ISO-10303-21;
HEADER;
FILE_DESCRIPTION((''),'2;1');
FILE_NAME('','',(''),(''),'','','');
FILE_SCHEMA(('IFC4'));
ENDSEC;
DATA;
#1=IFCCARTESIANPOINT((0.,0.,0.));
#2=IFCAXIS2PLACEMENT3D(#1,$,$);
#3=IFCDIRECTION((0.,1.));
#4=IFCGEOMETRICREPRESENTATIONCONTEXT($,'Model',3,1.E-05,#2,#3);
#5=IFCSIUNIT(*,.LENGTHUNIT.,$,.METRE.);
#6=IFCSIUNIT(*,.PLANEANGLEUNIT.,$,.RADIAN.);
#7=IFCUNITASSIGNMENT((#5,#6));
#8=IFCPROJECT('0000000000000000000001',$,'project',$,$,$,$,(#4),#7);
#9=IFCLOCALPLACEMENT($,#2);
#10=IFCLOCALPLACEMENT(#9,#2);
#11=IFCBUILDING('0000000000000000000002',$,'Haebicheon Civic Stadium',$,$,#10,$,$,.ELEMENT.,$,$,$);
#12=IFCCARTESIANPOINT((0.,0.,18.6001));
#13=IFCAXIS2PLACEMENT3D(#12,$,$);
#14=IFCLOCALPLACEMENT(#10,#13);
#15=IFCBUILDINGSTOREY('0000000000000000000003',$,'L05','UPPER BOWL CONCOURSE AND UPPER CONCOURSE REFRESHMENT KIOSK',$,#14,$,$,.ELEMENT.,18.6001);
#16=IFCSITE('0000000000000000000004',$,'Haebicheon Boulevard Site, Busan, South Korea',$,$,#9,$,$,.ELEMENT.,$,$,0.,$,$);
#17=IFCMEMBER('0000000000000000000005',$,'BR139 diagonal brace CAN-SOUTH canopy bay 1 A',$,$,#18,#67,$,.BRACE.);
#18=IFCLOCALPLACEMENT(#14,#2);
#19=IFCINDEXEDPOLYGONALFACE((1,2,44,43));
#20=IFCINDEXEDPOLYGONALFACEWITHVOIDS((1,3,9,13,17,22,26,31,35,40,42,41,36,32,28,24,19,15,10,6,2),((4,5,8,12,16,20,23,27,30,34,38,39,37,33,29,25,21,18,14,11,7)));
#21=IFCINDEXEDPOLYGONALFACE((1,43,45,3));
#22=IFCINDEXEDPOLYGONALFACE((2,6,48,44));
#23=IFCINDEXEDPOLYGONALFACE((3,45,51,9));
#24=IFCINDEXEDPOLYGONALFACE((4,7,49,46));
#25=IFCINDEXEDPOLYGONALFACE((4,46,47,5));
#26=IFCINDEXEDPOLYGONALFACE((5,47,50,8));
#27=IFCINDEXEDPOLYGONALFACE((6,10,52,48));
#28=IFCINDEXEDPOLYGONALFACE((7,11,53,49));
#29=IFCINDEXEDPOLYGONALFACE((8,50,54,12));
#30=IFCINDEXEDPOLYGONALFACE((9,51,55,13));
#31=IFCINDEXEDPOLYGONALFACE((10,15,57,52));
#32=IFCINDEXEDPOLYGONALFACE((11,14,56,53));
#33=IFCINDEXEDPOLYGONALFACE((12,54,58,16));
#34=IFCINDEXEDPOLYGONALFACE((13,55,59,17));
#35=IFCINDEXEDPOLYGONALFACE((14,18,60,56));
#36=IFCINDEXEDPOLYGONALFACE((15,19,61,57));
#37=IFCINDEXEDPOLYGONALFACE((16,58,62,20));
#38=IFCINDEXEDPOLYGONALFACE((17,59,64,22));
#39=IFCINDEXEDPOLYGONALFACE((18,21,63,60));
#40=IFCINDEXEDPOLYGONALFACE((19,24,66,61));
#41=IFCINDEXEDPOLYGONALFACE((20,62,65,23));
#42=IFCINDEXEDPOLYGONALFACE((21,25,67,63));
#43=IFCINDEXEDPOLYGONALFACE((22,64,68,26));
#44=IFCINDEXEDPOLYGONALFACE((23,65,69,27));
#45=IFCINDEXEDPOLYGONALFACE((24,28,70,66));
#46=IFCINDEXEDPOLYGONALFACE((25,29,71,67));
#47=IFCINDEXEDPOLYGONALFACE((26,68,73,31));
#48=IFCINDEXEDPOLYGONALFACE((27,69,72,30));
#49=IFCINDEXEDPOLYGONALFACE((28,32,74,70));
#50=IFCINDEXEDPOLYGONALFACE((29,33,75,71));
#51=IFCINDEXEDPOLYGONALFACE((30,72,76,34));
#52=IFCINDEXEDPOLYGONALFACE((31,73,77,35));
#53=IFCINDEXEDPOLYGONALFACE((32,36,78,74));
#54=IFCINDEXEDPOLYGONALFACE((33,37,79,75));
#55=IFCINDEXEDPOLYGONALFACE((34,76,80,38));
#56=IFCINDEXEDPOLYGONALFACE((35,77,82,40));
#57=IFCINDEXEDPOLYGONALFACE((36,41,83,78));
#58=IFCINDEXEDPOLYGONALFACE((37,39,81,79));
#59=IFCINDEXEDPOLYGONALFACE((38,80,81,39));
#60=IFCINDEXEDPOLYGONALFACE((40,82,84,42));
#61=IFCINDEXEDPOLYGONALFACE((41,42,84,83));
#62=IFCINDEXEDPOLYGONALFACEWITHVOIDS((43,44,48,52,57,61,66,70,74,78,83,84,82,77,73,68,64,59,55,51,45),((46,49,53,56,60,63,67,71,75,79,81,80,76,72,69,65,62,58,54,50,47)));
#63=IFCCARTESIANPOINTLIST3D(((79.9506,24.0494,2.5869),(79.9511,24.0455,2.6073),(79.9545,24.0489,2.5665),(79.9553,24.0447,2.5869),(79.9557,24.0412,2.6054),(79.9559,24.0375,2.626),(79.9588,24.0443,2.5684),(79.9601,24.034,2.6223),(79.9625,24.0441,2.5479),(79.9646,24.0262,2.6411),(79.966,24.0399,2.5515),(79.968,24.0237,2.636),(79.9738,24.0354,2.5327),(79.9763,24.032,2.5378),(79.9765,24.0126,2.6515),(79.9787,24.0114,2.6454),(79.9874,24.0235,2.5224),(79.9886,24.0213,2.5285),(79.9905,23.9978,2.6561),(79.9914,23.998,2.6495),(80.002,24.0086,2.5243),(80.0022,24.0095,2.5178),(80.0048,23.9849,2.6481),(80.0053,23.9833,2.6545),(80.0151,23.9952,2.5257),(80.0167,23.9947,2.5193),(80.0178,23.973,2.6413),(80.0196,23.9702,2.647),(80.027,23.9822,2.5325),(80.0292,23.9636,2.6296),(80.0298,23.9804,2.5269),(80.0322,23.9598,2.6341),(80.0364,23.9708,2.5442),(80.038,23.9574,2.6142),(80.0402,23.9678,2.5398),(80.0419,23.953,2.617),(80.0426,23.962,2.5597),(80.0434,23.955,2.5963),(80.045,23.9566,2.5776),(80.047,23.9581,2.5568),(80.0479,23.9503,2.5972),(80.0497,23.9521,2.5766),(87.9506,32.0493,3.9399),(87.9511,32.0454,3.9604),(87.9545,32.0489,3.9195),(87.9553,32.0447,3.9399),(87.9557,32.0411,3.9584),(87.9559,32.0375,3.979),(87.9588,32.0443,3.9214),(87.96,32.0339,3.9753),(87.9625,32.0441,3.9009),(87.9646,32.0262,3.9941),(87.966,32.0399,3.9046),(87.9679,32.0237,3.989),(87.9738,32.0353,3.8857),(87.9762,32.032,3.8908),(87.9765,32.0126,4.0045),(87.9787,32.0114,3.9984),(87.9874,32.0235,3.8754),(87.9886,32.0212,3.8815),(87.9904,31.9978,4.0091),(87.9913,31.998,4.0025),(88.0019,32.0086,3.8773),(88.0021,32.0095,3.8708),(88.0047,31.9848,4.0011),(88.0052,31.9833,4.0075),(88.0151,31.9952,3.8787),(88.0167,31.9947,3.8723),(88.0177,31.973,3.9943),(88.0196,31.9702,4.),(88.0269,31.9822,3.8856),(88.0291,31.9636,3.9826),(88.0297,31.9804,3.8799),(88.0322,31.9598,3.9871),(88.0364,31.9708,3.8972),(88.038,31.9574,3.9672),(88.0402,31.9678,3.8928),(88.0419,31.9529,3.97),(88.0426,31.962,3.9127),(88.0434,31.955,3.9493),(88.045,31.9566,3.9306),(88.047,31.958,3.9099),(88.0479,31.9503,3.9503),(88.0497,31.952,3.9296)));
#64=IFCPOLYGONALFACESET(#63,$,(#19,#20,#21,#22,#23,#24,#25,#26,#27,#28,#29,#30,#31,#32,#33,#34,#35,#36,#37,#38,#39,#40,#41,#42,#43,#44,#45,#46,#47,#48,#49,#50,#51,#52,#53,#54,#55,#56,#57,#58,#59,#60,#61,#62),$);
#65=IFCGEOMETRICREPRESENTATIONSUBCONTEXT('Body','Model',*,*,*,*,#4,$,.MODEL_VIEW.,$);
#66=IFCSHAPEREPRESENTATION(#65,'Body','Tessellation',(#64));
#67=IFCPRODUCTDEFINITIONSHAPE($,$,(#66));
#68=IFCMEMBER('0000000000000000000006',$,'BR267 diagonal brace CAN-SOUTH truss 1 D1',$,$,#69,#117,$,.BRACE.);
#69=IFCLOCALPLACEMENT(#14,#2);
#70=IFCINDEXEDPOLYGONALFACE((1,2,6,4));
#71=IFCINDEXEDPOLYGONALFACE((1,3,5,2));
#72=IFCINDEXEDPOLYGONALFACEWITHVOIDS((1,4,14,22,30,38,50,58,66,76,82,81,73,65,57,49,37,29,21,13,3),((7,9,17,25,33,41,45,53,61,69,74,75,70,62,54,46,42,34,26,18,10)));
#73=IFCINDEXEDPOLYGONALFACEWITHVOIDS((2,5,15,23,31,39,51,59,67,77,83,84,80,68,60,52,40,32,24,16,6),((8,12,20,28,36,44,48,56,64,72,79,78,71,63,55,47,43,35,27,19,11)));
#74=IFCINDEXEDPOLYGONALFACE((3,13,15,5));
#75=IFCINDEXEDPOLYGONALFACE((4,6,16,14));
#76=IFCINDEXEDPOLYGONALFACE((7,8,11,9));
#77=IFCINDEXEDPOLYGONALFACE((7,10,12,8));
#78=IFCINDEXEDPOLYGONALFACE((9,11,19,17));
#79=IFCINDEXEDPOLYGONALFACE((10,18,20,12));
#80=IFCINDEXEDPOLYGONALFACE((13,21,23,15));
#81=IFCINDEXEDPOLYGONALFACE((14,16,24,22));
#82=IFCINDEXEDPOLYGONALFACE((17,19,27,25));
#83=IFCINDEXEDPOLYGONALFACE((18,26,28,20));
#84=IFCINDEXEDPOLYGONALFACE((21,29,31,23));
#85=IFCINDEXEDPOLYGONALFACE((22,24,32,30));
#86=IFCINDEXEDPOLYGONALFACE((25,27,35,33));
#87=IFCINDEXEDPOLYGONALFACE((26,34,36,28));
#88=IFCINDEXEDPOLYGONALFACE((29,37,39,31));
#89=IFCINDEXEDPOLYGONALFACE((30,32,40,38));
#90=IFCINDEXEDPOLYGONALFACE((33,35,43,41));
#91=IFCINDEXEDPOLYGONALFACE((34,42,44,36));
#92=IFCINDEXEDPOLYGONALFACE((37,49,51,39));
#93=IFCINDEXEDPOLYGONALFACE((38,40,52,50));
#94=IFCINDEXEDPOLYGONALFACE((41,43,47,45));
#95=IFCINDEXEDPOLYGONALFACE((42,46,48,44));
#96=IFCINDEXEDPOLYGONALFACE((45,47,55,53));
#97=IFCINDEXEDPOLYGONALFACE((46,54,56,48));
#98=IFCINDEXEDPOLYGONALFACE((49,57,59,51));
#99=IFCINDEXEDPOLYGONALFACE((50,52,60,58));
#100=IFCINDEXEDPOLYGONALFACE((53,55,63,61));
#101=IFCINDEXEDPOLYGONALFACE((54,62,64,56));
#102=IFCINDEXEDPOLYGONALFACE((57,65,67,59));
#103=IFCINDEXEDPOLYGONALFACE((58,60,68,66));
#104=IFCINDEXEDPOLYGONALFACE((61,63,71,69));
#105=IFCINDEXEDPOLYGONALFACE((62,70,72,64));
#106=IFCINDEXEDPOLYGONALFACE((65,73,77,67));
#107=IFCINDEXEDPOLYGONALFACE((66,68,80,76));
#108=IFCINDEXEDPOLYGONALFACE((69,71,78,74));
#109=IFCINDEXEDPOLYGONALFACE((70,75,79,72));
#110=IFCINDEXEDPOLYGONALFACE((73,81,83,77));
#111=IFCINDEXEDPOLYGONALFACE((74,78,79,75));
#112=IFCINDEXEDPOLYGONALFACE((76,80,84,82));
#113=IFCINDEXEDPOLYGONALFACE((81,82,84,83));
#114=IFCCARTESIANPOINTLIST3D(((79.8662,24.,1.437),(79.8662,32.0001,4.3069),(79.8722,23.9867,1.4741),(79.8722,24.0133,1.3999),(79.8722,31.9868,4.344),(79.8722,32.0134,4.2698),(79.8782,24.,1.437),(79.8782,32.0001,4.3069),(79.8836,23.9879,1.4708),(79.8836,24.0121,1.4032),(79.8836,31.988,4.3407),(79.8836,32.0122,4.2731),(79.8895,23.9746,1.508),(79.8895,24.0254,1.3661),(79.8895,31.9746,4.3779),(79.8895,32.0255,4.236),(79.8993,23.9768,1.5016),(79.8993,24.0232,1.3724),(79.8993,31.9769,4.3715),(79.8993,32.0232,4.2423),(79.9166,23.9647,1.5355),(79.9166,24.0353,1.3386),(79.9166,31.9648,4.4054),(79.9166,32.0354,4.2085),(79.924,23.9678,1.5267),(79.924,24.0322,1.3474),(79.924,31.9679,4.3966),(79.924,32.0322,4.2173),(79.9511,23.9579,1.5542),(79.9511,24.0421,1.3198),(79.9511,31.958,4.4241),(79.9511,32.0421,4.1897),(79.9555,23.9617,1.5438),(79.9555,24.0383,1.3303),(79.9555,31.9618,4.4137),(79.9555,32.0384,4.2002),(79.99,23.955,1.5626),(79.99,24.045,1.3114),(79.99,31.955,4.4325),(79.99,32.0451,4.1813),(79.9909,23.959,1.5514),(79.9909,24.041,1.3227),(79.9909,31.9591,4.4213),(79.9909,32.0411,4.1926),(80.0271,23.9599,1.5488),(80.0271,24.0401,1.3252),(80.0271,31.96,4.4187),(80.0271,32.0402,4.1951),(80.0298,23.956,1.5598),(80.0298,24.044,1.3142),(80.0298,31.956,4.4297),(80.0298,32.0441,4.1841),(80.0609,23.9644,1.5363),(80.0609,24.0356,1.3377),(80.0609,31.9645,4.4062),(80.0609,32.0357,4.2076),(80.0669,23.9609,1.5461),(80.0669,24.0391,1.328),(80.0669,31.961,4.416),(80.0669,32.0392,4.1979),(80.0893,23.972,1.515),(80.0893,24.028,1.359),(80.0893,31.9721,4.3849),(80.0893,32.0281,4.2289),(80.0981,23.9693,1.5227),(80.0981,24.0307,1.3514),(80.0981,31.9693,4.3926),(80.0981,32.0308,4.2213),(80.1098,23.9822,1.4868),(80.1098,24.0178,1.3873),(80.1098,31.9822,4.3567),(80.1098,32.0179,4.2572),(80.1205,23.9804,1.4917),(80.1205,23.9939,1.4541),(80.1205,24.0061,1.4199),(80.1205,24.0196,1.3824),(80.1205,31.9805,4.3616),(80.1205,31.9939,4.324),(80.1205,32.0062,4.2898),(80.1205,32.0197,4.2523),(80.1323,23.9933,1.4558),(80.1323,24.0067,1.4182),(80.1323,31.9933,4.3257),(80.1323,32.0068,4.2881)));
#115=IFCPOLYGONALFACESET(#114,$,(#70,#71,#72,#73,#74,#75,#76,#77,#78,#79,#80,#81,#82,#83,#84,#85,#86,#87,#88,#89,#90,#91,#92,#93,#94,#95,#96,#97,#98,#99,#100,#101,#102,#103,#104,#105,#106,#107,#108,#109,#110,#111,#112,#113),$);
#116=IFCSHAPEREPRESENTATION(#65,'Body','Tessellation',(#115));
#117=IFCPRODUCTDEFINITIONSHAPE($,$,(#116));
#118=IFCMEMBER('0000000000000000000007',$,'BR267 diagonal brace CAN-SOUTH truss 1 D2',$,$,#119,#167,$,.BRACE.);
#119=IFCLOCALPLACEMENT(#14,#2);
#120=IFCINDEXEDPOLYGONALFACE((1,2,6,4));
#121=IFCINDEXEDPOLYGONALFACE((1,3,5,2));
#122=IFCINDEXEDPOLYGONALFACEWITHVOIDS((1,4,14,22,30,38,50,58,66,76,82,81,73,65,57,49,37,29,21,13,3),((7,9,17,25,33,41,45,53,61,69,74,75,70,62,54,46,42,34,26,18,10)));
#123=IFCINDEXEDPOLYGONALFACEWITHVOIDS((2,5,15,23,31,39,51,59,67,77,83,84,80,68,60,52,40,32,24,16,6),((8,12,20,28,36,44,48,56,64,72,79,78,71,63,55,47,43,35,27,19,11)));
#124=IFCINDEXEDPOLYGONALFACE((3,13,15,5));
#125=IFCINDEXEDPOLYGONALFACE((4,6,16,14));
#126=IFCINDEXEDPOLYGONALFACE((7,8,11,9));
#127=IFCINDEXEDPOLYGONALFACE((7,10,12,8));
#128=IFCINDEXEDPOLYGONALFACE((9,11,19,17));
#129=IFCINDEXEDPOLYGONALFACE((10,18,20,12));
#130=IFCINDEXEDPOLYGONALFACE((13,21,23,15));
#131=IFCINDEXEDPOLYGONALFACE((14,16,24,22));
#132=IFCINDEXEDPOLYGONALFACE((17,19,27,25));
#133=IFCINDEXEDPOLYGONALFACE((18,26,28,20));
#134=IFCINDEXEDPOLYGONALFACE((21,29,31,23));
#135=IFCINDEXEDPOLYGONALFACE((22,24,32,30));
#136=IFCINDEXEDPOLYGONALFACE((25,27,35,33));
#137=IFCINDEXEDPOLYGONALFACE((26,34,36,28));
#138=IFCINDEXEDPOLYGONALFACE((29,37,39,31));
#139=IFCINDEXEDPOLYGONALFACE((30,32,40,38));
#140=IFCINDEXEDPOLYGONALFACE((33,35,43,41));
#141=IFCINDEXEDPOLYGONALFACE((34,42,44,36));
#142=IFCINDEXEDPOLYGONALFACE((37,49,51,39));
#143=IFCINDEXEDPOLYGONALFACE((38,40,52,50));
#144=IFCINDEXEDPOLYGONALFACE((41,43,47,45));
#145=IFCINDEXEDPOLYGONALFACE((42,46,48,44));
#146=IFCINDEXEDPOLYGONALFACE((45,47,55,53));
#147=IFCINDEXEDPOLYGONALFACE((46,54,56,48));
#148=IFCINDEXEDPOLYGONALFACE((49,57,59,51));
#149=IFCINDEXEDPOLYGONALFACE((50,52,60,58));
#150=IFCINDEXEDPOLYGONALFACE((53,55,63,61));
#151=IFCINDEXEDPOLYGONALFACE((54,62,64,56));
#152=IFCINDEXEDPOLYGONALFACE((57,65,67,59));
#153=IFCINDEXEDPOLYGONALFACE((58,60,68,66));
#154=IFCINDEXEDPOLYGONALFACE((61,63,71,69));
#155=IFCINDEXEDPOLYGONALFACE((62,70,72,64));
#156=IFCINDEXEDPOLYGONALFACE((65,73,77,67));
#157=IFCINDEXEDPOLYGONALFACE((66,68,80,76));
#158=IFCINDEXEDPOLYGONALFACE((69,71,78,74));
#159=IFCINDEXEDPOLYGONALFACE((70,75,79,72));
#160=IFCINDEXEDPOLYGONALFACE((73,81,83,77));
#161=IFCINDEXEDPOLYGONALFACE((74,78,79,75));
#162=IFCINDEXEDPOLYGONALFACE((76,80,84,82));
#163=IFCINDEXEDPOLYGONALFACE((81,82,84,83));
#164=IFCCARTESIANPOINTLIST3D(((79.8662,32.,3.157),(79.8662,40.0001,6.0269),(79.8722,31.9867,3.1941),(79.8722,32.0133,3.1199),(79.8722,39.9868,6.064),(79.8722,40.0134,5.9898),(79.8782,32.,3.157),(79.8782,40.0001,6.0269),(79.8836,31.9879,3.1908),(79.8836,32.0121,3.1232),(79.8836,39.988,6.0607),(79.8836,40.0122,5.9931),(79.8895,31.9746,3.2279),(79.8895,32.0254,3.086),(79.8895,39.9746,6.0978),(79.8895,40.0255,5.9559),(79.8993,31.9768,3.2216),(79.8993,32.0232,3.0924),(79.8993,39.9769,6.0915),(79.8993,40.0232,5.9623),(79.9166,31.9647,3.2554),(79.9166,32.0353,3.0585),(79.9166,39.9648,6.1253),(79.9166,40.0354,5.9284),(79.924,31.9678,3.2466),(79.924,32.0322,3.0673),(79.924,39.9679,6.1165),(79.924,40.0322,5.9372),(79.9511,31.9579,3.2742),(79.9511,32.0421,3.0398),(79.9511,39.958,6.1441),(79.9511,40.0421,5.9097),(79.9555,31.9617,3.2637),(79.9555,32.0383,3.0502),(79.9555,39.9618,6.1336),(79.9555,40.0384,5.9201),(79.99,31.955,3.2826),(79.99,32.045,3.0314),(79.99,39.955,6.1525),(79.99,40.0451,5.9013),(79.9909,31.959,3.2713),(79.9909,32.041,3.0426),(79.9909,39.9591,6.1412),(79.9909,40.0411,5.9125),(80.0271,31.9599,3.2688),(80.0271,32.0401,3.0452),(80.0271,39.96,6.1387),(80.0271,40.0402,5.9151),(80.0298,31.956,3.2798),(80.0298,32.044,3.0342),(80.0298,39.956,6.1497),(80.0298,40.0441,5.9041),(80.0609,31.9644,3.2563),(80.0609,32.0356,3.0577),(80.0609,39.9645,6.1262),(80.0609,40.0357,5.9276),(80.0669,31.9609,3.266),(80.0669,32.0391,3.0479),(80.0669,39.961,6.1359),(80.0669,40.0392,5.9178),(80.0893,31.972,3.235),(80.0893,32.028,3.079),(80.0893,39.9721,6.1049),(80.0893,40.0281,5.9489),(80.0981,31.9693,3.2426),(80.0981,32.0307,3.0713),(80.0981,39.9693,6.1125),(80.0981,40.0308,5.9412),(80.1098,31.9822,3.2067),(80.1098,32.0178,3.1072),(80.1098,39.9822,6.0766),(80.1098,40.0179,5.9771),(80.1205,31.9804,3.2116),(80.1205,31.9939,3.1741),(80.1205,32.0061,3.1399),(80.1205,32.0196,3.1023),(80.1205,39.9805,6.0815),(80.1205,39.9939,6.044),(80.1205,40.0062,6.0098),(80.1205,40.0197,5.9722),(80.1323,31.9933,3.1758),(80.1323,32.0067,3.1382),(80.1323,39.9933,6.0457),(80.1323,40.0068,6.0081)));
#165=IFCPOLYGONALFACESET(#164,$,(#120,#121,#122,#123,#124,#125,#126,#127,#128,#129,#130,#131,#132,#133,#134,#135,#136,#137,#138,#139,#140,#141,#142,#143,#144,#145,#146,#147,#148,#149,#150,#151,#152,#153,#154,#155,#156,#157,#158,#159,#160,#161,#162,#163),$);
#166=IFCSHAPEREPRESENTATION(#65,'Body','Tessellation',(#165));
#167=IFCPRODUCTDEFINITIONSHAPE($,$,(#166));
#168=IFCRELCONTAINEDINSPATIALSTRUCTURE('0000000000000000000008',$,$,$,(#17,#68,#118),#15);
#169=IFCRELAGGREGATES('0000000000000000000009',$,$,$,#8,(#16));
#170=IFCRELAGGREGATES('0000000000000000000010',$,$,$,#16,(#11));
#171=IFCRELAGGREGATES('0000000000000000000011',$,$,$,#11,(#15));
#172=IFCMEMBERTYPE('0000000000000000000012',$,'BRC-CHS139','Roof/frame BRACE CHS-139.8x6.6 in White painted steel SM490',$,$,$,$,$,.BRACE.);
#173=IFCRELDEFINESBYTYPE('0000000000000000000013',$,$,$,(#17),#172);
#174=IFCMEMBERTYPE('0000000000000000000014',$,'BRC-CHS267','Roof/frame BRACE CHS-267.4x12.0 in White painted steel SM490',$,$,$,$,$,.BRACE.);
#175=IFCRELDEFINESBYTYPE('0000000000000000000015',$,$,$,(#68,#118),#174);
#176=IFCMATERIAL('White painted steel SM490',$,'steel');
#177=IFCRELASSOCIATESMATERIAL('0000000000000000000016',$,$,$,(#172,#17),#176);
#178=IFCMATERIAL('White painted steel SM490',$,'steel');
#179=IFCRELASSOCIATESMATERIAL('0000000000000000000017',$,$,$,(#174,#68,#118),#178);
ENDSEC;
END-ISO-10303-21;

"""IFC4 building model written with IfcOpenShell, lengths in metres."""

from ifc_helpers import new_model, si_unit, direction, frame, origin, origin_2d, place, context, subcontext, project, spatial, hollow_circle, extrude, material, material_profile, profile_set, type_object, element, save


model = new_model("IFC4")

# Units and contexts
model_context = context("Model", 3, precision=1e-05, world=origin(), true_north=direction((0.0, 1.0)))
body_context = subcontext(model_context, "Body", "Model", "MODEL_VIEW")
ifc_project = project(units=[si_unit("LENGTHUNIT", "METRE"), si_unit("PLANEANGLEUNIT", "RADIAN")], contexts=[model_context])

# Site, building, storey
site_placement = place(None, origin())
site = spatial("IfcSite", under=ifc_project, at=site_placement, Name="Haebicheon Boulevard Site, Busan, South Korea", CompositionType="ELEMENT", RefElevation=0.0)
building_placement = place(site_placement, origin())
building = spatial("IfcBuilding", under=site, at=building_placement, Name="Haebicheon Civic Stadium", CompositionType="ELEMENT")
storey_placement = place(building_placement, frame((0.0, 0.0, 18.6001)))
storey = spatial("IfcBuildingStorey", under=building, at=storey_placement, Name="L05", Description="UPPER BOWL CONCOURSE AND UPPER CONCOURSE REFRESHMENT KIOSK", CompositionType="ELEMENT", Elevation=18.6001)

# Members
ifc_material_1 = material(Name="White painted steel SM490", Category="steel")
ifc_material_profile_1 = material_profile(ifc_material_1, hollow_circle(Radius=0.0698, WallThickness=0.0066, at=origin_2d()), Name="CHS-139.8x6.6")
ifc_profile_set_1 = profile_set([ifc_material_profile_1], Name="White painted steel SM490")
member_type_1 = type_object("IfcMemberType", Name="BRC-CHS139", Description="Roof/frame BRACE CHS-139.8x6.6 in White painted steel SM490", PredefinedType="BRACE", material=ifc_profile_set_1)
member_1_placement = place(storey_placement, frame((80.0, 24.0, 2.5869), z_axis=(0.702104, 0.702104, 0.118746), x_axis=(-0.707107, 0.707107, 0.0)))
element("IfcMember", 1, at=member_1_placement, inside=storey, type_object=member_type_1, material=ifc_profile_set_1, Name="BR139 diagonal brace CAN-SOUTH canopy bay 1 A", PredefinedType="BRACE", context=body_context, shape_type="SweptSolid", body=[
    extrude(hollow_circle(Radius=0.0698, WallThickness=0.0066, at=origin_2d()), origin(), (0.0, 0.0, 1.0), 11.3943),
])
ifc_material_2 = material(Name="White painted steel SM490", Category="steel")
ifc_material_profile_2 = material_profile(ifc_material_2, hollow_circle(Radius=0.1338, WallThickness=0.012, at=origin_2d()), Name="CHS-267.4x12.0")
ifc_profile_set_2 = profile_set([ifc_material_profile_2], Name="White painted steel SM490")
member_type_2 = type_object("IfcMemberType", Name="BRC-CHS267", Description="Roof/frame BRACE CHS-267.4x12.0 in White painted steel SM490", PredefinedType="BRACE", material=ifc_profile_set_2)
for number, where, z_axis, x_axis, name in (
    (2, (80.0, 24.0, 1.437), (0.0, 0.941267, 0.337664), (-1.0, 0.0, 0.0), "BR267 diagonal brace CAN-SOUTH truss 1 D1"),
    (3, (80.0, 32.0, 3.157), (0.0, 0.941267, 0.337664), (-1.0, 0.0, 0.0), "BR267 diagonal brace CAN-SOUTH truss 1 D2"),
):
    element("IfcMember", number, at=place(storey_placement, frame(where, z_axis=z_axis, x_axis=x_axis)), inside=storey, type_object=member_type_2, material=ifc_profile_set_2, Name=name, PredefinedType="BRACE", context=body_context, shape_type="SweptSolid", body=[
        extrude(hollow_circle(Radius=0.1338, WallThickness=0.012, at=origin_2d()), origin(), (0.0, 0.0, 1.0), 8.4993),
    ])

save(model, "model.ifc")
